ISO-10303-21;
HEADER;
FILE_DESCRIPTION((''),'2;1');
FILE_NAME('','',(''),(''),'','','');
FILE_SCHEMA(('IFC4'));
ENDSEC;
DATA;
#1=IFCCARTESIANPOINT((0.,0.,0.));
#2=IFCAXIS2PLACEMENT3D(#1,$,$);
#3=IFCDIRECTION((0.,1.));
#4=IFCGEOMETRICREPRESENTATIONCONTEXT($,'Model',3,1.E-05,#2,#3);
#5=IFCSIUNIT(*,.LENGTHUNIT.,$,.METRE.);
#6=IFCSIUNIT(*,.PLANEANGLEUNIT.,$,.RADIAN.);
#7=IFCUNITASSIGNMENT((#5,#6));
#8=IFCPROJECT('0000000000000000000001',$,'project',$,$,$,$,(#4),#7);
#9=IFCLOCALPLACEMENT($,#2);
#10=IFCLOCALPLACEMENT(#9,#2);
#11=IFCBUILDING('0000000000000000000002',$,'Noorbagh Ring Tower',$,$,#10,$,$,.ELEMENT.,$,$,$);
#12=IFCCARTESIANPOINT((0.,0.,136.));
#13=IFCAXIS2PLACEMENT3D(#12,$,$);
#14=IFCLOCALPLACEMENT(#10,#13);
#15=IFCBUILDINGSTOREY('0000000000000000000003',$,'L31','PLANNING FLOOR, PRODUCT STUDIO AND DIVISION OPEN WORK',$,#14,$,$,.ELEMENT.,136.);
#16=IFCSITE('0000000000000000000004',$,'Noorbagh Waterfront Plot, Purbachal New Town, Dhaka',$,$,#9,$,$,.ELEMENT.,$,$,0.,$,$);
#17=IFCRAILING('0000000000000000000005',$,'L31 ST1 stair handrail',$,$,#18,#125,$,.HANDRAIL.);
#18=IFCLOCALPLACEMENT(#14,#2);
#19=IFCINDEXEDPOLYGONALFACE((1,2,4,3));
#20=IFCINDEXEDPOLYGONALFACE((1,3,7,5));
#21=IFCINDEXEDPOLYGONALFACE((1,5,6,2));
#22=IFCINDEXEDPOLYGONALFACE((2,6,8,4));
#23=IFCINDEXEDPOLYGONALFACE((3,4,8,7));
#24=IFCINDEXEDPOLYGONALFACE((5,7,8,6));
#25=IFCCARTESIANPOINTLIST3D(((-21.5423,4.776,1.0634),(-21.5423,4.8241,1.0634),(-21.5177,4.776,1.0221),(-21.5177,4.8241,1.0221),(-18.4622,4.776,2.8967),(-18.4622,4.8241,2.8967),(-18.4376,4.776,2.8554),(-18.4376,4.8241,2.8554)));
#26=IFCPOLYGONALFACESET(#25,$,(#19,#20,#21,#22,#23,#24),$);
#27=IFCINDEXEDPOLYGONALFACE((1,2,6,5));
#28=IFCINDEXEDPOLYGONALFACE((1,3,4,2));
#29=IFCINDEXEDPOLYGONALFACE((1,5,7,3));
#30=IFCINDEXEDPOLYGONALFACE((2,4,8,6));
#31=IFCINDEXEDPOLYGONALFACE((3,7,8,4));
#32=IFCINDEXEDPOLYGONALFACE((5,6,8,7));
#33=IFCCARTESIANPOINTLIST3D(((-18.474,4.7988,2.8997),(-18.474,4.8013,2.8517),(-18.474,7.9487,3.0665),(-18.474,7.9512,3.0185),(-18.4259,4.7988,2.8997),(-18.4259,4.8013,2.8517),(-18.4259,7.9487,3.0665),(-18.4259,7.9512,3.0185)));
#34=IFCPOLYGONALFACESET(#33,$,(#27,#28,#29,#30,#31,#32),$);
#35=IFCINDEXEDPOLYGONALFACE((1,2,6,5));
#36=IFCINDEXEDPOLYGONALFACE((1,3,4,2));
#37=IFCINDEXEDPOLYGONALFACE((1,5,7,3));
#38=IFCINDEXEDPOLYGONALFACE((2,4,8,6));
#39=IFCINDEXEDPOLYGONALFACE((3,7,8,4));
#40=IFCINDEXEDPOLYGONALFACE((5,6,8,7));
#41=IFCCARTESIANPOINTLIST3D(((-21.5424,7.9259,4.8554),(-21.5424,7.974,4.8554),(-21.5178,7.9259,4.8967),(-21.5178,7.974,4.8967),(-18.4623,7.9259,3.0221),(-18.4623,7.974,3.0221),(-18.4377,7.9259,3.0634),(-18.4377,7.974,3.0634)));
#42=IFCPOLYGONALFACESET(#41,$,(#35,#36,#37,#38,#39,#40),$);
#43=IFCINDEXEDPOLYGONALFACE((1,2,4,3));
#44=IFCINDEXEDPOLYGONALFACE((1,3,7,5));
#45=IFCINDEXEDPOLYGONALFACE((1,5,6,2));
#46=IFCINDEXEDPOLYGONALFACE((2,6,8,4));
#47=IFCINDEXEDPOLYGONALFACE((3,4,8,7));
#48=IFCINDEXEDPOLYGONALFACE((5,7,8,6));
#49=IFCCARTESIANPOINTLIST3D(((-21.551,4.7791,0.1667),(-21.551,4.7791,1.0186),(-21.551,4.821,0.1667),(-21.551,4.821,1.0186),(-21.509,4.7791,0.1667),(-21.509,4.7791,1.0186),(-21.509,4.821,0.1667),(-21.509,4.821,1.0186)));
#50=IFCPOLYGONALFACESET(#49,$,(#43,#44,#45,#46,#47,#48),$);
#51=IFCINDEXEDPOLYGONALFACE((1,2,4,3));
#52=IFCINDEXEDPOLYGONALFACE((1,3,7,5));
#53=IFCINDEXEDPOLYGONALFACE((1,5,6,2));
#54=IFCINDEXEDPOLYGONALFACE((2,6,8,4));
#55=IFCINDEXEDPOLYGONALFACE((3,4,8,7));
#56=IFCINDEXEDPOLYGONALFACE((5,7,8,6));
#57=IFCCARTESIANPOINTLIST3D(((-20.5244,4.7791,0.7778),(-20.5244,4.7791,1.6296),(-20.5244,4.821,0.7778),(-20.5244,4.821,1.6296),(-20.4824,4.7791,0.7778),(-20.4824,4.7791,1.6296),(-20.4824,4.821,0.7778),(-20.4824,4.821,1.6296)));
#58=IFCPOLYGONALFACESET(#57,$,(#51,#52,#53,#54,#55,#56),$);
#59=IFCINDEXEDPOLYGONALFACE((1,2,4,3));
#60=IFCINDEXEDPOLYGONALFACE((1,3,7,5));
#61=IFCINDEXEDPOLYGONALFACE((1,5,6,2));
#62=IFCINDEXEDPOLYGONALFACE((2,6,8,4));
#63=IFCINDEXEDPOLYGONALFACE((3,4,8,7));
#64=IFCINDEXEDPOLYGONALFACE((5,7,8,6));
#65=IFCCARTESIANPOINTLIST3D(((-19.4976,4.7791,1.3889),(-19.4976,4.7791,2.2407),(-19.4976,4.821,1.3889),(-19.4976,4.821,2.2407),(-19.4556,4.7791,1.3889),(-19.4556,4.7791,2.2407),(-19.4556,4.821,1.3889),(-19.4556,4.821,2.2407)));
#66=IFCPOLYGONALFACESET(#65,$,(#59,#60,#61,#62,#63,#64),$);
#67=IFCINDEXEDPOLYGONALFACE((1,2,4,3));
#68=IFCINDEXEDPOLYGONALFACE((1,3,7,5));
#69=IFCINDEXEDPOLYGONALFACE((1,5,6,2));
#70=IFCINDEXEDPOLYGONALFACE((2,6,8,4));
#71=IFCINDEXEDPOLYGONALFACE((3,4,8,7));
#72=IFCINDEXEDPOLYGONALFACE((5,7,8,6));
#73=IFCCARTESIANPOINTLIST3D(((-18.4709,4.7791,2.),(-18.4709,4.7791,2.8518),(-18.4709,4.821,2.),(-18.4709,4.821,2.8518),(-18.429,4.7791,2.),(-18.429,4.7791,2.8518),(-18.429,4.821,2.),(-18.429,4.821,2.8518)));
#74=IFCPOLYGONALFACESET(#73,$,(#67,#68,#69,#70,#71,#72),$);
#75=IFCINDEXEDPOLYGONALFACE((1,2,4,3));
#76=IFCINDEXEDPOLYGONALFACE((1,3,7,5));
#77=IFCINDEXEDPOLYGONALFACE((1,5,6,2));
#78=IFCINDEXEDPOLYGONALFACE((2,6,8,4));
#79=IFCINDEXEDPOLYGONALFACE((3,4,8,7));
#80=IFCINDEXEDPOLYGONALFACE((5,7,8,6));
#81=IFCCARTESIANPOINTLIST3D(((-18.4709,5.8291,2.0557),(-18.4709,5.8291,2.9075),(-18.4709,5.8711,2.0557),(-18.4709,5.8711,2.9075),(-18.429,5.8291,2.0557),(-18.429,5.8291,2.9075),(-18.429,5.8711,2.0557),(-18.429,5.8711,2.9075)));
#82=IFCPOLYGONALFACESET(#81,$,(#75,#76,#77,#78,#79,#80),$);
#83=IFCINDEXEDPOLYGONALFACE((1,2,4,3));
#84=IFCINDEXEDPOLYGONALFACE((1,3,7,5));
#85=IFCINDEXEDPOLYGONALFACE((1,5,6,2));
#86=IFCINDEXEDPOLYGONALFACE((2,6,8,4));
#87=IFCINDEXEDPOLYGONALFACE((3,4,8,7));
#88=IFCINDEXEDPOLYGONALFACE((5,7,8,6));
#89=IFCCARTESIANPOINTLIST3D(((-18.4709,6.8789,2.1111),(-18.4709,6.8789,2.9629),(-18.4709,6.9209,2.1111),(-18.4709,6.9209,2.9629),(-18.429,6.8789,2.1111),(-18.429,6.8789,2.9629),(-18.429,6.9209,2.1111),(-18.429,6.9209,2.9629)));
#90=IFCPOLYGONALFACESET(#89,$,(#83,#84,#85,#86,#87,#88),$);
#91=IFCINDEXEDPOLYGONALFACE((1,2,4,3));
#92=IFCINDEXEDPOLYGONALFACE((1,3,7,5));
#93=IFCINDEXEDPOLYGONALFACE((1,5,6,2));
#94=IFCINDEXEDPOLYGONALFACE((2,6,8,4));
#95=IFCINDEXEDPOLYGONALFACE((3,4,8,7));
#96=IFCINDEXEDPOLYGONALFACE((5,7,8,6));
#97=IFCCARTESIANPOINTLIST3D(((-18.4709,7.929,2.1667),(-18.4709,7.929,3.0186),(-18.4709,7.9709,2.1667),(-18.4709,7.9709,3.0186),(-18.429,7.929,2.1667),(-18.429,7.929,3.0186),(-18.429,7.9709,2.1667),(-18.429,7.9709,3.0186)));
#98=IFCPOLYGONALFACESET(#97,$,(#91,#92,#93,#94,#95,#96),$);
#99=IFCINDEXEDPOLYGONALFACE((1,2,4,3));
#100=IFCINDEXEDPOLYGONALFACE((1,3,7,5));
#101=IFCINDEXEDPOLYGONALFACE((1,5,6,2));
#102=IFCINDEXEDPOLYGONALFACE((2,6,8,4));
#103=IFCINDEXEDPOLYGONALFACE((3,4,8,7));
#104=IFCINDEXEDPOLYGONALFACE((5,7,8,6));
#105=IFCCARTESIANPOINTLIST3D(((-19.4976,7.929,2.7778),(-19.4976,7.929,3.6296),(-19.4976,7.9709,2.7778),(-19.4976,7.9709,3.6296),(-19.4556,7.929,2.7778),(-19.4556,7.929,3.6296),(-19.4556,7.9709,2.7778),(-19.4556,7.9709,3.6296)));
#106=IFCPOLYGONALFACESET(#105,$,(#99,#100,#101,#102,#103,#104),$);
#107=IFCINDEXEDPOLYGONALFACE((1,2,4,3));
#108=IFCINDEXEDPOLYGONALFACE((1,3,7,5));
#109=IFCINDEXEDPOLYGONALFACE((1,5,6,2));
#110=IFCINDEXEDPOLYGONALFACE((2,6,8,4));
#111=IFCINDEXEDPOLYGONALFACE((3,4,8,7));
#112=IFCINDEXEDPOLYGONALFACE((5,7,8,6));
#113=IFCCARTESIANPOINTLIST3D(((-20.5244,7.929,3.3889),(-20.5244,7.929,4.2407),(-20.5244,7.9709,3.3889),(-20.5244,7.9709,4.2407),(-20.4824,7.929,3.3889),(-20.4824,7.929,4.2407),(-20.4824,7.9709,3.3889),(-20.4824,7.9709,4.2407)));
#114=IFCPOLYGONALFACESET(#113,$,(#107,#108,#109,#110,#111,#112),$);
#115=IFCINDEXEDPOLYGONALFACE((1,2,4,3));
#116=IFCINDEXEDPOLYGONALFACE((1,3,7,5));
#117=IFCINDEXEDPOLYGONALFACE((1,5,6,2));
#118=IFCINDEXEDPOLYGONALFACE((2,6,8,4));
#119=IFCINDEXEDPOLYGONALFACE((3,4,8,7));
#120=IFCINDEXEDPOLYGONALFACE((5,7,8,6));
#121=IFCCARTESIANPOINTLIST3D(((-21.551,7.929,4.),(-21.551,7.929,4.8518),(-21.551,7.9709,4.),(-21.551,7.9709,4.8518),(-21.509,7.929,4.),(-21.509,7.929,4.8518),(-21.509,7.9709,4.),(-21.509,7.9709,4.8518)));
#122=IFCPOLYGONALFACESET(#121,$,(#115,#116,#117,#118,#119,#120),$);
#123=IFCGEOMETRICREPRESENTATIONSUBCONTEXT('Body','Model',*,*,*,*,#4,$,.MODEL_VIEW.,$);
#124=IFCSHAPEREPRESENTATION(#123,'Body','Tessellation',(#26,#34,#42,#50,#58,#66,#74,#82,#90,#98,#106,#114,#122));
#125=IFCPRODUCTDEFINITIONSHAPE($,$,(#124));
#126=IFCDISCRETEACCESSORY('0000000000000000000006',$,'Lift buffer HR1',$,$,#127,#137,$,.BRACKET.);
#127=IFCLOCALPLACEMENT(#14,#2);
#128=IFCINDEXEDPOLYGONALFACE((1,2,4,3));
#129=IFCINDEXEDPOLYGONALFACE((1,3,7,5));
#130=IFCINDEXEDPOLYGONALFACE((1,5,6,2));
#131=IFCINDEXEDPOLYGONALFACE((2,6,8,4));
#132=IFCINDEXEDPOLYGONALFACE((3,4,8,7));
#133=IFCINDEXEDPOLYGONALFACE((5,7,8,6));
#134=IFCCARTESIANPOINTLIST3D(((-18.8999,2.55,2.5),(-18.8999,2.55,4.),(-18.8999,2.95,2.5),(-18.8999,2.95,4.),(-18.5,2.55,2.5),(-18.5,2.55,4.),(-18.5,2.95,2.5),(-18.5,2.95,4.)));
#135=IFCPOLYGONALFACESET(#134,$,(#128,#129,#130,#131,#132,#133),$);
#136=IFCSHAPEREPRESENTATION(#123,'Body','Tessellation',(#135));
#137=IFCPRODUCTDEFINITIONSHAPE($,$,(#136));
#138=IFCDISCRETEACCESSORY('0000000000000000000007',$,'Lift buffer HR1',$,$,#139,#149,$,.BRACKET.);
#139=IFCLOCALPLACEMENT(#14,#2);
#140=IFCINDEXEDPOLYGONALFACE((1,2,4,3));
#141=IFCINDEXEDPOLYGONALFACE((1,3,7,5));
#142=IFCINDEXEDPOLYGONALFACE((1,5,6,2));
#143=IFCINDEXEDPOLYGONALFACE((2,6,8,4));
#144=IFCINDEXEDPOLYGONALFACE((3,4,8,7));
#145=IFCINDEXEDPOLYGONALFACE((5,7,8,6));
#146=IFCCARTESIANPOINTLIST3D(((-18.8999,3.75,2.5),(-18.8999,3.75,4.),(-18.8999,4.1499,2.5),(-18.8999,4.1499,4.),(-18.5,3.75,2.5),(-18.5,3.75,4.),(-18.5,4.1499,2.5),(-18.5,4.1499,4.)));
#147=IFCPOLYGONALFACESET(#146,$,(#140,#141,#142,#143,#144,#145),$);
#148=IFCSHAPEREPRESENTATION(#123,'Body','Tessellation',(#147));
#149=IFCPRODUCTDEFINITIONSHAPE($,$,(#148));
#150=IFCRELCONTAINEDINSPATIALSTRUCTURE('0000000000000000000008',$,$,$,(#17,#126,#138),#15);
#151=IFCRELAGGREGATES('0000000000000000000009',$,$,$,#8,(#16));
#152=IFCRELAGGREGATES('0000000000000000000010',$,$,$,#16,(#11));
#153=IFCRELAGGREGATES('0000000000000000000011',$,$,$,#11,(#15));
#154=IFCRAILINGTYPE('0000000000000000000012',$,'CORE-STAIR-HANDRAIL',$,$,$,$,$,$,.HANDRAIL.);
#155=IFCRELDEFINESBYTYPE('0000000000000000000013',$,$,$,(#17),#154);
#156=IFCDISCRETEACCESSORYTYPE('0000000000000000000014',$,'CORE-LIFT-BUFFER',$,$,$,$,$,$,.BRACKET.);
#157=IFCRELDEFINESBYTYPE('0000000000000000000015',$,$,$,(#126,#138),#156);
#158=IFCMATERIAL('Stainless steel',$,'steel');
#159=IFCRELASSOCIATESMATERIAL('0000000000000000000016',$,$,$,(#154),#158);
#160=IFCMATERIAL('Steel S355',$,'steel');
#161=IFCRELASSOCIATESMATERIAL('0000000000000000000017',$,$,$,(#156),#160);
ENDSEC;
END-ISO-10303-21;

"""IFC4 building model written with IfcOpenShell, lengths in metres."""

from ifc_helpers import new_model, si_unit, direction, frame, origin, origin_2d, place, context, subcontext, project, spatial, rectangle, extrude, material, type_object, element, save


model = new_model("IFC4")

# Units and contexts
model_context = context("Model", 3, precision=1e-05, world=origin(), true_north=direction((0.0, 1.0)))
body_context = subcontext(model_context, "Body", "Model", "MODEL_VIEW")
ifc_project = project(units=[si_unit("LENGTHUNIT", "METRE"), si_unit("PLANEANGLEUNIT", "RADIAN")], contexts=[model_context])

# Site, building, storey
site_placement = place(None, origin())
site = spatial("IfcSite", under=ifc_project, at=site_placement, Name="Noorbagh Waterfront Plot, Purbachal New Town, Dhaka", CompositionType="ELEMENT", RefElevation=0.0)
building_placement = place(site_placement, origin())
building = spatial("IfcBuilding", under=site, at=building_placement, Name="Noorbagh Ring Tower", CompositionType="ELEMENT")
storey_placement = place(building_placement, frame((0.0, 0.0, 136.0)))
storey = spatial("IfcBuildingStorey", under=building, at=storey_placement, Name="L31", Description="PLANNING FLOOR, PRODUCT STUDIO AND DIVISION OPEN WORK", CompositionType="ELEMENT", Elevation=136.0)

# Railing
ifc_material_1 = material(Name="Stainless steel", Category="steel")
railing_type_1 = type_object("IfcRailingType", Name="CORE-STAIR-HANDRAIL", PredefinedType="HANDRAIL", material=ifc_material_1)
railing_1_placement = place(storey_placement, frame((-21.53, 4.8, 0.1667)))
element("IfcRailing", 1, at=railing_1_placement, inside=storey, type_object=railing_type_1, Name="L31 ST1 stair handrail", PredefinedType="HANDRAIL", context=body_context, shape_type="SweptSolid", body=[
    extrude(rectangle(XDim=0.0481, YDim=0.0481, at=origin_2d()), frame((0.0, 0.0, 0.876), z_axis=(0.859309, 0.0, 0.511458), x_axis=(0.0, 1.0, 0.0)), (0.0, 0.0, 1.0), 3.5845),
    extrude(rectangle(XDim=0.0481, YDim=0.0481, at=origin_2d()), frame((3.0801, 0.0, 2.709), z_axis=(0.0, 0.998602, 0.052864), x_axis=(-1.0, 0.0, 0.0)), (0.0, 0.0, 1.0), 3.1543),
    extrude(rectangle(XDim=0.0481, YDim=0.0481, at=origin_2d()), frame((3.0801, 3.1499, 2.876), z_axis=(-0.859309, 0.0, 0.511458), x_axis=(0.0, -1.0, 0.0)), (0.0, 0.0, 1.0), 3.5845),
    extrude(rectangle(XDim=0.042, YDim=0.042, at=origin_2d()), origin(), (0.0, 0.0, 1.0), 0.8518),
    extrude(rectangle(XDim=0.042, YDim=0.042, at=origin_2d()), frame((1.0266, 0.0, 0.6111)), (0.0, 0.0, 1.0), 0.8518),
    extrude(rectangle(XDim=0.042, YDim=0.042, at=origin_2d()), frame((2.0535, 0.0, 1.2222)), (0.0, 0.0, 1.0), 0.8518),
    extrude(rectangle(XDim=0.042, YDim=0.042, at=origin_2d()), frame((3.0801, 0.0, 1.8333)), (0.0, 0.0, 1.0), 0.8518),
    extrude(rectangle(XDim=0.042, YDim=0.042, at=origin_2d()), frame((3.0801, 1.05, 1.8889)), (0.0, 0.0, 1.0), 0.8518),
    extrude(rectangle(XDim=0.042, YDim=0.042, at=origin_2d()), frame((3.0801, 2.0999, 1.9443)), (0.0, 0.0, 1.0), 0.8518),
    extrude(rectangle(XDim=0.042, YDim=0.042, at=origin_2d()), frame((3.0801, 3.1499, 2.0)), (0.0, 0.0, 1.0), 0.8518),
    extrude(rectangle(XDim=0.042, YDim=0.042, at=origin_2d()), frame((2.0535, 3.1499, 2.6111)), (0.0, 0.0, 1.0), 0.8518),
    extrude(rectangle(XDim=0.042, YDim=0.042, at=origin_2d()), frame((1.0266, 3.1499, 3.2222)), (0.0, 0.0, 1.0), 0.8518),
    extrude(rectangle(XDim=0.042, YDim=0.042, at=origin_2d()), frame((0.0, 3.1499, 3.8333)), (0.0, 0.0, 1.0), 0.8518),
])

# Discrete accessories
ifc_material_2 = material(Name="Steel S355", Category="steel")
discrete_accessory_type = type_object("IfcDiscreteAccessoryType", Name="CORE-LIFT-BUFFER", PredefinedType="BRACKET", material=ifc_material_2)
for number, where, z_axis, x_axis, name in (
    (2, (-18.7, 2.75, 2.5), (0.0, 0.0, 1.0), (1.0, 0.0, 0.0), "Lift buffer HR1"),
    (3, (-18.7, 3.95, 2.5), (0.0, 0.0, 1.0), (1.0, 0.0, 0.0), "Lift buffer HR1"),
):
    element("IfcDiscreteAccessory", number, at=place(storey_placement, frame(where, z_axis=z_axis, x_axis=x_axis)), inside=storey, type_object=discrete_accessory_type, Name=name, PredefinedType="BRACKET", context=body_context, shape_type="SweptSolid", body=[
        extrude(rectangle(XDim=0.3999, YDim=0.3999, at=origin_2d()), origin(), (0.0, 0.0, 1.0), 1.5),
    ])

save(model, "model.ifc")
